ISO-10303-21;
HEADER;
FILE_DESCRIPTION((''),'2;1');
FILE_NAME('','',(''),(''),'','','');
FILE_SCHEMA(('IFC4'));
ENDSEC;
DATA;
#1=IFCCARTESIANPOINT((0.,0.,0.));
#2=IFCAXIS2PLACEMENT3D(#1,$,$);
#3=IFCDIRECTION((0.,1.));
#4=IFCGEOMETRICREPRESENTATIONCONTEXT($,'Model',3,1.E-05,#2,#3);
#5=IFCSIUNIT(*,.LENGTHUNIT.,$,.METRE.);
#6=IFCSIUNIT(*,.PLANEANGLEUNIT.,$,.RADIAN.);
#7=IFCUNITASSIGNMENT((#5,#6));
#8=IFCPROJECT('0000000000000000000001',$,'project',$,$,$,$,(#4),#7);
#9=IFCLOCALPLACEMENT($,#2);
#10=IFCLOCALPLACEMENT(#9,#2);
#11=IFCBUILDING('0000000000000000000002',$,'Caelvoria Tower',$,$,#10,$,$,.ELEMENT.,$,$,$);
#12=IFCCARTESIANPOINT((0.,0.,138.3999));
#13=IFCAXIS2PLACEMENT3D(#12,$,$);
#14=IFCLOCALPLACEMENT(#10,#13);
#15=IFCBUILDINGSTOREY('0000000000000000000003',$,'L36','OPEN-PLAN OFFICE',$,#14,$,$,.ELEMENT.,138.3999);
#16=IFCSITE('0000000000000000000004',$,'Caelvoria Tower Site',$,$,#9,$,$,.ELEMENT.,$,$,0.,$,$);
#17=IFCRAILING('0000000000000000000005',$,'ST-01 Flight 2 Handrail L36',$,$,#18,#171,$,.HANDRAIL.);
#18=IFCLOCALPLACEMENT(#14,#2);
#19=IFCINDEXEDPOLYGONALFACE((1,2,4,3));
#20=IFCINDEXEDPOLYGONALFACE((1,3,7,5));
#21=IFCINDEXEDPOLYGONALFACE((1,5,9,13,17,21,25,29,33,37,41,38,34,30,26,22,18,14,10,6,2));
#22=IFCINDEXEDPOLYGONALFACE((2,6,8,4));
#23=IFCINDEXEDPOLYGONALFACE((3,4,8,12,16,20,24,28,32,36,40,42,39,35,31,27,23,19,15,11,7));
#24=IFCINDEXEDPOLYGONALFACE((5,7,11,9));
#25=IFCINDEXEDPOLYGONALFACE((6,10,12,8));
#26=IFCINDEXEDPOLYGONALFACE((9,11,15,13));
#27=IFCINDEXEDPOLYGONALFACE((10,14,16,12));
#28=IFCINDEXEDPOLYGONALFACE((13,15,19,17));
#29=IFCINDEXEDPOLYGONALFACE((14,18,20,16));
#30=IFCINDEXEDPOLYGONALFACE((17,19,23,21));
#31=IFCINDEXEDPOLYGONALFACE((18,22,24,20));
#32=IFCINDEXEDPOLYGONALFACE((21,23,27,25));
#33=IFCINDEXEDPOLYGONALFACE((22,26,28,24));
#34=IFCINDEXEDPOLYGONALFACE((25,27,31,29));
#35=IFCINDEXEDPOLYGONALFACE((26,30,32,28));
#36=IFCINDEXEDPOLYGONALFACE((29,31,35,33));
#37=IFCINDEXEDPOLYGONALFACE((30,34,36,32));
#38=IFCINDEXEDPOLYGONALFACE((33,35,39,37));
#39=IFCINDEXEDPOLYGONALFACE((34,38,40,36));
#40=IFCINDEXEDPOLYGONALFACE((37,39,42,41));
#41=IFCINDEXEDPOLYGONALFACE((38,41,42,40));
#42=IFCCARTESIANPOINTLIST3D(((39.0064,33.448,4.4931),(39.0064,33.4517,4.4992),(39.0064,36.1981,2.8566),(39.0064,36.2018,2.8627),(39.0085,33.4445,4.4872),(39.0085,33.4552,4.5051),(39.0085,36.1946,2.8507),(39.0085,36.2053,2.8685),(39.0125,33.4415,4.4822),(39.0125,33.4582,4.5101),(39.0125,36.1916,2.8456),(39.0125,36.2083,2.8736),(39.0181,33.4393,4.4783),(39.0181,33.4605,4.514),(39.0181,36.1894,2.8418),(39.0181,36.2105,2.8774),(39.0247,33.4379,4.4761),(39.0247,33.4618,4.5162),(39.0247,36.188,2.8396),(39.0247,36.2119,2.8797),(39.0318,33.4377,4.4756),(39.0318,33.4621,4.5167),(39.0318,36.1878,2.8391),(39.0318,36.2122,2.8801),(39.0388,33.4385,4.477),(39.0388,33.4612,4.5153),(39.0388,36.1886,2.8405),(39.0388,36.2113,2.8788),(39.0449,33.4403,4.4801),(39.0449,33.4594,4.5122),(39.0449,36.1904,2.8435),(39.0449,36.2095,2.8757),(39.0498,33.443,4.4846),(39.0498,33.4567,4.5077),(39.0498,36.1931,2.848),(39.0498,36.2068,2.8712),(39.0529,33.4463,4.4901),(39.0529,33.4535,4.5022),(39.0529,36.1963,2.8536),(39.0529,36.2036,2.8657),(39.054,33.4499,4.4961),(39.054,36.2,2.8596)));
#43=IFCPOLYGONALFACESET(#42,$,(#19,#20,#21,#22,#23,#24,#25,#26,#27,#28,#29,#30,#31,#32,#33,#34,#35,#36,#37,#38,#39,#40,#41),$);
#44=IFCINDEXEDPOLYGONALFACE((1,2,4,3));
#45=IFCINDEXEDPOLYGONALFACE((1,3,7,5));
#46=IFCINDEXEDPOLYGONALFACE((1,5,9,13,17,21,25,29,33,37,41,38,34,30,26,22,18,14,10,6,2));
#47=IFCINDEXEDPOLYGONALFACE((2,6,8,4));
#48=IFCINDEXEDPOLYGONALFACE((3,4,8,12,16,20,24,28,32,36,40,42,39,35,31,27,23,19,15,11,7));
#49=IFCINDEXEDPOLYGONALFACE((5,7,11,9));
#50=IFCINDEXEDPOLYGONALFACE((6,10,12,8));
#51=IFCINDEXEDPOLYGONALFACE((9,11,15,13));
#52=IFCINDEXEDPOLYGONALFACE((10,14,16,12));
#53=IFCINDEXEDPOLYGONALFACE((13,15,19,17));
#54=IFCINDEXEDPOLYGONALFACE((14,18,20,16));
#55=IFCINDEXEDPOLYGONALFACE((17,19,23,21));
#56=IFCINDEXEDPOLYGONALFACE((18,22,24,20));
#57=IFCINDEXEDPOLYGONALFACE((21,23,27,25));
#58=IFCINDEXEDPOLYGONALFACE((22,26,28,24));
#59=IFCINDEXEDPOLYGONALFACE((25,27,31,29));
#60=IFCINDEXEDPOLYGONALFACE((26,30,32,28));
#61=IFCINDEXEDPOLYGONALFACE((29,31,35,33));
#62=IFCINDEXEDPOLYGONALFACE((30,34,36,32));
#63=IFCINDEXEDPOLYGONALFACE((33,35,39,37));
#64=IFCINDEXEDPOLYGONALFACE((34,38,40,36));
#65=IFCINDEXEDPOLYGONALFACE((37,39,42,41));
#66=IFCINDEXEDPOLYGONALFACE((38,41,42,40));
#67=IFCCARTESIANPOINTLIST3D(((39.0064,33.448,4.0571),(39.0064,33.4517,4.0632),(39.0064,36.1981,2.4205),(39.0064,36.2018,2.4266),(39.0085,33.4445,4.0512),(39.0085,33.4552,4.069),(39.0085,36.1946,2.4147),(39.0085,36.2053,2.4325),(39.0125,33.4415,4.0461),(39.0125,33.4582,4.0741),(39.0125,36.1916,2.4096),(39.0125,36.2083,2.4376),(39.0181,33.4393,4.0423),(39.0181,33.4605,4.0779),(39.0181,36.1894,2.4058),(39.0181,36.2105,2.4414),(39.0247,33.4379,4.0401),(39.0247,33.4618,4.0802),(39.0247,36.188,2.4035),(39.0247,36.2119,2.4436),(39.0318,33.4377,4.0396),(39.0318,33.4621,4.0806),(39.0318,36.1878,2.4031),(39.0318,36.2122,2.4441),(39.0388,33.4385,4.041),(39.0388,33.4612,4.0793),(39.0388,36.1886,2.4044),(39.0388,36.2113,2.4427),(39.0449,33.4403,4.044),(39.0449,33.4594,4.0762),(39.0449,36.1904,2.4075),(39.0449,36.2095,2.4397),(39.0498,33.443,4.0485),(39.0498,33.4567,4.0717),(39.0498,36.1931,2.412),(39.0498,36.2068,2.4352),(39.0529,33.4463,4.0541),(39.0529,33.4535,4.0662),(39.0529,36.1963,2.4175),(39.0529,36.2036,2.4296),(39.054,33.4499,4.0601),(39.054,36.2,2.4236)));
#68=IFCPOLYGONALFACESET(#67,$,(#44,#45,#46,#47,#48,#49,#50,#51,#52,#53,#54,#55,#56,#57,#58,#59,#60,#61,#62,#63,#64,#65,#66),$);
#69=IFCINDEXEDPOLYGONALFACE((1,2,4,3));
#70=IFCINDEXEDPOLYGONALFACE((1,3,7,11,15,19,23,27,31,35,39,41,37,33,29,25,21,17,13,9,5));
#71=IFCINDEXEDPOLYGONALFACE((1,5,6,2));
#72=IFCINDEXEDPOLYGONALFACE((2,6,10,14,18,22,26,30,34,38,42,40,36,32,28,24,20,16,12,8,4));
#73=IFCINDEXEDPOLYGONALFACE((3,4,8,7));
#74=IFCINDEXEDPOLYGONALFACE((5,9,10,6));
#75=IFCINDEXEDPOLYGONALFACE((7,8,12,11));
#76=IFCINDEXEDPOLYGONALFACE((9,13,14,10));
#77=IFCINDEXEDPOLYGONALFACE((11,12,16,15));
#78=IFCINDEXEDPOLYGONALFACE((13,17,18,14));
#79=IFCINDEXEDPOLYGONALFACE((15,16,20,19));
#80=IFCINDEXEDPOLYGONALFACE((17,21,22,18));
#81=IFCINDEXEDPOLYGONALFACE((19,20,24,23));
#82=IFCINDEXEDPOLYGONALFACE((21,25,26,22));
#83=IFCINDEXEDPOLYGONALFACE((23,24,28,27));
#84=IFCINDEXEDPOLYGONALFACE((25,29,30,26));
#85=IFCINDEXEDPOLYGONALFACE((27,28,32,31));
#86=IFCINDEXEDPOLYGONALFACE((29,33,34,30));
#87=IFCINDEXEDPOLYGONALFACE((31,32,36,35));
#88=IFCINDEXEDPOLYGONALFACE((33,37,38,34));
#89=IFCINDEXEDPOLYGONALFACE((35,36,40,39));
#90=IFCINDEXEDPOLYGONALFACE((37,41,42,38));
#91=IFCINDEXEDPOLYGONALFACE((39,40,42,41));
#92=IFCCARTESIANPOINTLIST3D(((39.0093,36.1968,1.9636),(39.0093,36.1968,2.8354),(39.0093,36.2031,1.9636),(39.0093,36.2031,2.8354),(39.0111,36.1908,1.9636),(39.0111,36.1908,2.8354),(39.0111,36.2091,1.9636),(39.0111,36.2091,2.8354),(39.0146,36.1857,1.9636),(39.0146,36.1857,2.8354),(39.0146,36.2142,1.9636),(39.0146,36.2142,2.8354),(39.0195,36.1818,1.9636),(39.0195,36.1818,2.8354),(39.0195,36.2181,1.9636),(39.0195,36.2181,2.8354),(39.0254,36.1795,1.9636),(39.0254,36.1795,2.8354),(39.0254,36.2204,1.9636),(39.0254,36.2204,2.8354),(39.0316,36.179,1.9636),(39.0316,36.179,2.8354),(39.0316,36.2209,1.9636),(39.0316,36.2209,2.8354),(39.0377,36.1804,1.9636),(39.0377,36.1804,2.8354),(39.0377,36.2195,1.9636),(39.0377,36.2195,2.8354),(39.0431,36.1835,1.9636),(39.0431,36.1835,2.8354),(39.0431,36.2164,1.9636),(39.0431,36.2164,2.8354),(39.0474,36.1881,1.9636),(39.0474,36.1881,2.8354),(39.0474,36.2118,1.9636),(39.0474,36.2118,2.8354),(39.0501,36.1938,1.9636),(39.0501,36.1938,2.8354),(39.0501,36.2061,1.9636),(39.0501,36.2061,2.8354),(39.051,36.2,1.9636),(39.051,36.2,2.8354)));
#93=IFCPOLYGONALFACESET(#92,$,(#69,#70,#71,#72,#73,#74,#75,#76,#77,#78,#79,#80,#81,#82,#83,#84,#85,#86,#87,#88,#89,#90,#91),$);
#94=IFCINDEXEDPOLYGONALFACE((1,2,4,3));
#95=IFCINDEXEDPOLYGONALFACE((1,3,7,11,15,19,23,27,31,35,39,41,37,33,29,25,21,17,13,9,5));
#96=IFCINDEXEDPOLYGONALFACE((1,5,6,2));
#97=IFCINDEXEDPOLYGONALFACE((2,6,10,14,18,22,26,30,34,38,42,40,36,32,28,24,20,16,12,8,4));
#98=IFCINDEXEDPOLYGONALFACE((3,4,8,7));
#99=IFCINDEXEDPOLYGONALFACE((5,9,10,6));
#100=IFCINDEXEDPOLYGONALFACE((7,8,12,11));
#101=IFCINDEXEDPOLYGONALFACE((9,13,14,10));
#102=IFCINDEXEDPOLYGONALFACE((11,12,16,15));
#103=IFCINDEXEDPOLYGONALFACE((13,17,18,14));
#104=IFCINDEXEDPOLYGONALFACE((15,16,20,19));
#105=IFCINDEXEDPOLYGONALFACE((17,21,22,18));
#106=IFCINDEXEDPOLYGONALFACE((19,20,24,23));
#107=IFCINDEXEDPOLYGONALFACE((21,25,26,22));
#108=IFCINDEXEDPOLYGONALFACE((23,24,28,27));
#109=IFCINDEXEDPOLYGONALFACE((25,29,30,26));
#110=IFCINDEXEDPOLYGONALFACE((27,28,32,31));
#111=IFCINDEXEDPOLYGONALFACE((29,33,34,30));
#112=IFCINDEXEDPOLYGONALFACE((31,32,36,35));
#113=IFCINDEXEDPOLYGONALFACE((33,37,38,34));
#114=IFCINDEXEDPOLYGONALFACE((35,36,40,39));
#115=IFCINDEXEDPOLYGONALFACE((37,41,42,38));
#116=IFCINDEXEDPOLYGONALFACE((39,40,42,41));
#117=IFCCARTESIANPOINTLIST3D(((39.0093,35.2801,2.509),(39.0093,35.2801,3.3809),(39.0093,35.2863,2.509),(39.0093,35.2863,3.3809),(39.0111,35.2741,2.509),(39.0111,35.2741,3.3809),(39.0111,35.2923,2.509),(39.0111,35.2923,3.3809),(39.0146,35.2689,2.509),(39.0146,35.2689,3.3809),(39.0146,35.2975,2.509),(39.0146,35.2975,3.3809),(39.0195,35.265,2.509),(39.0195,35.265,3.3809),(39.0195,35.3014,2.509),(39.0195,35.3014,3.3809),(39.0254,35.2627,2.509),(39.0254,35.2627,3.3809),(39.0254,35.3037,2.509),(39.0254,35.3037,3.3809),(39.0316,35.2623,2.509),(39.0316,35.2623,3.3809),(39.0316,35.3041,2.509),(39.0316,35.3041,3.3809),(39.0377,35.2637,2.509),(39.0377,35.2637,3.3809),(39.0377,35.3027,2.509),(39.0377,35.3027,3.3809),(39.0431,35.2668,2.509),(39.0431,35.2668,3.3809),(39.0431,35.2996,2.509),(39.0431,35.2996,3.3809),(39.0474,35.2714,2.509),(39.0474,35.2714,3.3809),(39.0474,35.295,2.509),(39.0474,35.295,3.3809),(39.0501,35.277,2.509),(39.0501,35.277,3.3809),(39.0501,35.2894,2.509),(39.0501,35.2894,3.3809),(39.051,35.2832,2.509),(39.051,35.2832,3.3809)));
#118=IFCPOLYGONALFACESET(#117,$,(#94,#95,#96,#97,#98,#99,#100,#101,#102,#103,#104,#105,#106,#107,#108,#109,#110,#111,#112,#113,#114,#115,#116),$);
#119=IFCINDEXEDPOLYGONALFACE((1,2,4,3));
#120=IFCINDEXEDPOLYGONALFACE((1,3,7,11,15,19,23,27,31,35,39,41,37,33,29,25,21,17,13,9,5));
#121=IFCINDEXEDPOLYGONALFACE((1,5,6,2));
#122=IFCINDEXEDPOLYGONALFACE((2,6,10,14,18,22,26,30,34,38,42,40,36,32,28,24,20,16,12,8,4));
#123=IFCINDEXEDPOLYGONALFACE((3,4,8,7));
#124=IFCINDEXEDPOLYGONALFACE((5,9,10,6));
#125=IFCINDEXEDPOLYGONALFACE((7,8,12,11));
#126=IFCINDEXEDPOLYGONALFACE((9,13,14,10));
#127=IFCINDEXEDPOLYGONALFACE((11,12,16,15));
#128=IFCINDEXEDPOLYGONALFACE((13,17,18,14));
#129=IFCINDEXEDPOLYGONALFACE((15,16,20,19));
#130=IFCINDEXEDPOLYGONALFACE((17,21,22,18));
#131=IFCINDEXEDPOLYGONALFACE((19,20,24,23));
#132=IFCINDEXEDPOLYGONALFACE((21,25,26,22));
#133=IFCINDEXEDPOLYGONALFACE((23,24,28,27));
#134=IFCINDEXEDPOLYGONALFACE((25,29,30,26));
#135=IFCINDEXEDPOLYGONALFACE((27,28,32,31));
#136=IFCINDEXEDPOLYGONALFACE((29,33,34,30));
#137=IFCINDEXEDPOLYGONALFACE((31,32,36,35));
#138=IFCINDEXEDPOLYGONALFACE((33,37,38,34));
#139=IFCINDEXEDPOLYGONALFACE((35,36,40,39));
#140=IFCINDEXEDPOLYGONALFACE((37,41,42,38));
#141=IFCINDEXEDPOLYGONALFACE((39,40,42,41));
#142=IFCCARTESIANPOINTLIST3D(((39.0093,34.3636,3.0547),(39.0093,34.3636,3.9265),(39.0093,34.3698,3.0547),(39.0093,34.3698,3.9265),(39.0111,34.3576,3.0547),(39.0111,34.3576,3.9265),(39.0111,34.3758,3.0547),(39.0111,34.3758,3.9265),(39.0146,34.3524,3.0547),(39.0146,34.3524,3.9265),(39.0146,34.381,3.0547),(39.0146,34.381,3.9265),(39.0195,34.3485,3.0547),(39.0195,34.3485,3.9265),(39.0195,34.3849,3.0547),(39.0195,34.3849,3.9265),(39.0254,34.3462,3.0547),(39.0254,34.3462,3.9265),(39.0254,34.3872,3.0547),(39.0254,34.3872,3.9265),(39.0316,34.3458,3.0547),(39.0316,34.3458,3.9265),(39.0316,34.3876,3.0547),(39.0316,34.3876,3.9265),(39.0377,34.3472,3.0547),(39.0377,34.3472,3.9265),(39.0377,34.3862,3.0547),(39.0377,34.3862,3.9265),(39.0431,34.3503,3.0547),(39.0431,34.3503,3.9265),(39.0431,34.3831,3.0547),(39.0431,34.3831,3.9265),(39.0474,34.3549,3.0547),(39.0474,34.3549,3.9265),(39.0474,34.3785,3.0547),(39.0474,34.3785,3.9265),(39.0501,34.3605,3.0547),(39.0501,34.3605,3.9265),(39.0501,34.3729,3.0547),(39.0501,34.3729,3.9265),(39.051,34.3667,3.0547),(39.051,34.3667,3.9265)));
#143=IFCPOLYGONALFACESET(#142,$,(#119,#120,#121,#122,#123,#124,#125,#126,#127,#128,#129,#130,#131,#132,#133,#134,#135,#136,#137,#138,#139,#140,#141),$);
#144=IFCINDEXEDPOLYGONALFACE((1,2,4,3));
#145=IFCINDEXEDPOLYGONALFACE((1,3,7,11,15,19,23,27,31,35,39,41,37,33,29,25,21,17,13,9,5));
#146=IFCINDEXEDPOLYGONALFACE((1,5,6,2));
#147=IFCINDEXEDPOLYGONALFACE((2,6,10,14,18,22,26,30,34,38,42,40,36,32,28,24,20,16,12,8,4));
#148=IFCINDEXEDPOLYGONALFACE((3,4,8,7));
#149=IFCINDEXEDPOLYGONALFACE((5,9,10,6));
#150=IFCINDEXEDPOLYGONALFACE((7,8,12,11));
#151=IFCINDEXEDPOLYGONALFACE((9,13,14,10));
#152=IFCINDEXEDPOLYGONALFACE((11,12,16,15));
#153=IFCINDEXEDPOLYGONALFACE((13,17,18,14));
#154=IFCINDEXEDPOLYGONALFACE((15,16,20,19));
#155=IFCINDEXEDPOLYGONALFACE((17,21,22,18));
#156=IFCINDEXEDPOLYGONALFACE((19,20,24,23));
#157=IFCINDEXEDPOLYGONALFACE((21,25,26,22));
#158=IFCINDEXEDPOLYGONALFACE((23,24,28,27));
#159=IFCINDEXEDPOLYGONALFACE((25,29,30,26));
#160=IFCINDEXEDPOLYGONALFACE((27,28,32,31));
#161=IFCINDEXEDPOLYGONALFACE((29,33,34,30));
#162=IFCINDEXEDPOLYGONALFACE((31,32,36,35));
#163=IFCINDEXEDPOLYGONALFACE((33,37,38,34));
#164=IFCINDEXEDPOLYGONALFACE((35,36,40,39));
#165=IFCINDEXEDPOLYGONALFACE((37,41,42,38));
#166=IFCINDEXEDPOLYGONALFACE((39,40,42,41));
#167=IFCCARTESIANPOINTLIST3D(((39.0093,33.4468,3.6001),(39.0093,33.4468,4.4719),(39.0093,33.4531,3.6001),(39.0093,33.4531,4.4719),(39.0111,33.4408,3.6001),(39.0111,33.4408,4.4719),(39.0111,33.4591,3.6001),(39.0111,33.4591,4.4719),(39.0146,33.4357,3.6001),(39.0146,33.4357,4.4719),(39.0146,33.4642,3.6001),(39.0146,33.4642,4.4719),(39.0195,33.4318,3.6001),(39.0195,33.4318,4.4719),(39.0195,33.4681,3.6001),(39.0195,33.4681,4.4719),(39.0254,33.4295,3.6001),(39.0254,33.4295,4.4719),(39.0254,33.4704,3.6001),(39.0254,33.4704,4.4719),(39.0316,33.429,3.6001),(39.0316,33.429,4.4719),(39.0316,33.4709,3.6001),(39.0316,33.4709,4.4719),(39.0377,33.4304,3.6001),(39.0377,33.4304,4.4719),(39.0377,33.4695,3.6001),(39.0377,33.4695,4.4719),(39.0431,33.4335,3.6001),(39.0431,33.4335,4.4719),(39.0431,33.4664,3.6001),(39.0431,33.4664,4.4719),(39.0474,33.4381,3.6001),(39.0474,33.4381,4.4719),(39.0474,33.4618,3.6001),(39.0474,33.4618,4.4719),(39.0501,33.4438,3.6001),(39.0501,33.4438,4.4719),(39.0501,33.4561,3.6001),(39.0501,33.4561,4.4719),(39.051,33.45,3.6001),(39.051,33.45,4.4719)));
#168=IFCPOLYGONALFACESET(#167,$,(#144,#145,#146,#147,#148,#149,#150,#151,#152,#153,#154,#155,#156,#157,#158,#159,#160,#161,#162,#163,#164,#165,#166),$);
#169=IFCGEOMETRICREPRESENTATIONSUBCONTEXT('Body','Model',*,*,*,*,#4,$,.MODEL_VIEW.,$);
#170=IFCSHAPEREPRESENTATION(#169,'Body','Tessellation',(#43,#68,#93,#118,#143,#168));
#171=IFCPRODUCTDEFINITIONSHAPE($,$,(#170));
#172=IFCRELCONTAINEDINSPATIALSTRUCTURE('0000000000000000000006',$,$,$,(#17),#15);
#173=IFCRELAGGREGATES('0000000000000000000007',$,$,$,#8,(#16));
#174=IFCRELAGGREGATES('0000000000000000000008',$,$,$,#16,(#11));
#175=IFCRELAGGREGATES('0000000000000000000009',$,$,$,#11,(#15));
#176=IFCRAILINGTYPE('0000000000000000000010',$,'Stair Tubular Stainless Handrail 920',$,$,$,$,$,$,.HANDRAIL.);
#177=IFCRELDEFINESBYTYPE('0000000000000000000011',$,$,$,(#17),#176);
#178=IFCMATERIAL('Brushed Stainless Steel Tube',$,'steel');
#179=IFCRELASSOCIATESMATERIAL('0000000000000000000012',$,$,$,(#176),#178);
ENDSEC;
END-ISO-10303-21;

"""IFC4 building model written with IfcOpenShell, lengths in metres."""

from ifc_helpers import new_model, si_unit, direction, frame, origin, origin_2d, place, context, subcontext, project, spatial, circle, extrude, material, type_object, element, save


model = new_model("IFC4")

# Units and contexts
model_context = context("Model", 3, precision=1e-05, world=origin(), true_north=direction((0.0, 1.0)))
body_context = subcontext(model_context, "Body", "Model", "MODEL_VIEW")
ifc_project = project(units=[si_unit("LENGTHUNIT", "METRE"), si_unit("PLANEANGLEUNIT", "RADIAN")], contexts=[model_context])

# Site, building, storey
site_placement = place(None, origin())
site = spatial("IfcSite", under=ifc_project, at=site_placement, Name="Caelvoria Tower Site", CompositionType="ELEMENT", RefElevation=0.0)
building_placement = place(site_placement, origin())
building = spatial("IfcBuilding", under=site, at=building_placement, Name="Caelvoria Tower", CompositionType="ELEMENT")
storey_placement = place(building_placement, frame((0.0, 0.0, 138.3999)))
storey = spatial("IfcBuildingStorey", under=building, at=storey_placement, Name="L36", Description="OPEN-PLAN OFFICE", CompositionType="ELEMENT", Elevation=138.3999)

# Railing
ifc_material_1 = material(Name="Brushed Stainless Steel Tube", Category="steel")
railing_type_1 = type_object("IfcRailingType", Name="Stair Tubular Stainless Handrail 920", PredefinedType="HANDRAIL", material=ifc_material_1)
railing_1_placement = place(storey_placement, frame((39.03, 36.2, 1.9636)))
element("IfcRailing", 1, at=railing_1_placement, inside=storey, type_object=railing_type_1, Name="ST-01 Flight 2 Handrail L36", PredefinedType="HANDRAIL", context=body_context, shape_type="SweptSolid", body=[
    extrude(circle(Radius=0.0239, at=origin_2d()), frame((0.0, 0.0, 0.896), z_axis=(0.0, -0.859352, 0.511385), x_axis=(1.0, 0.0, 0.0)), (0.0, 0.0, 1.0), 3.2002),
    extrude(circle(Radius=0.0239, at=origin_2d()), frame((0.0, 0.0, 0.46), z_axis=(0.0, -0.859352, 0.511385), x_axis=(1.0, 0.0, 0.0)), (0.0, 0.0, 1.0), 3.2002),
    extrude(circle(Radius=0.021, at=origin_2d()), origin(), (0.0, 0.0, 1.0), 0.8718),
    extrude(circle(Radius=0.021, at=origin_2d()), frame((0.0, -0.9167, 0.5454)), (0.0, 0.0, 1.0), 0.8718),
    extrude(circle(Radius=0.021, at=origin_2d()), frame((0.0, -1.8333, 1.0911)), (0.0, 0.0, 1.0), 0.8718),
    extrude(circle(Radius=0.021, at=origin_2d()), frame((0.0, -2.75, 1.6365)), (0.0, 0.0, 1.0), 0.8718),
])

save(model, "model.ifc")
